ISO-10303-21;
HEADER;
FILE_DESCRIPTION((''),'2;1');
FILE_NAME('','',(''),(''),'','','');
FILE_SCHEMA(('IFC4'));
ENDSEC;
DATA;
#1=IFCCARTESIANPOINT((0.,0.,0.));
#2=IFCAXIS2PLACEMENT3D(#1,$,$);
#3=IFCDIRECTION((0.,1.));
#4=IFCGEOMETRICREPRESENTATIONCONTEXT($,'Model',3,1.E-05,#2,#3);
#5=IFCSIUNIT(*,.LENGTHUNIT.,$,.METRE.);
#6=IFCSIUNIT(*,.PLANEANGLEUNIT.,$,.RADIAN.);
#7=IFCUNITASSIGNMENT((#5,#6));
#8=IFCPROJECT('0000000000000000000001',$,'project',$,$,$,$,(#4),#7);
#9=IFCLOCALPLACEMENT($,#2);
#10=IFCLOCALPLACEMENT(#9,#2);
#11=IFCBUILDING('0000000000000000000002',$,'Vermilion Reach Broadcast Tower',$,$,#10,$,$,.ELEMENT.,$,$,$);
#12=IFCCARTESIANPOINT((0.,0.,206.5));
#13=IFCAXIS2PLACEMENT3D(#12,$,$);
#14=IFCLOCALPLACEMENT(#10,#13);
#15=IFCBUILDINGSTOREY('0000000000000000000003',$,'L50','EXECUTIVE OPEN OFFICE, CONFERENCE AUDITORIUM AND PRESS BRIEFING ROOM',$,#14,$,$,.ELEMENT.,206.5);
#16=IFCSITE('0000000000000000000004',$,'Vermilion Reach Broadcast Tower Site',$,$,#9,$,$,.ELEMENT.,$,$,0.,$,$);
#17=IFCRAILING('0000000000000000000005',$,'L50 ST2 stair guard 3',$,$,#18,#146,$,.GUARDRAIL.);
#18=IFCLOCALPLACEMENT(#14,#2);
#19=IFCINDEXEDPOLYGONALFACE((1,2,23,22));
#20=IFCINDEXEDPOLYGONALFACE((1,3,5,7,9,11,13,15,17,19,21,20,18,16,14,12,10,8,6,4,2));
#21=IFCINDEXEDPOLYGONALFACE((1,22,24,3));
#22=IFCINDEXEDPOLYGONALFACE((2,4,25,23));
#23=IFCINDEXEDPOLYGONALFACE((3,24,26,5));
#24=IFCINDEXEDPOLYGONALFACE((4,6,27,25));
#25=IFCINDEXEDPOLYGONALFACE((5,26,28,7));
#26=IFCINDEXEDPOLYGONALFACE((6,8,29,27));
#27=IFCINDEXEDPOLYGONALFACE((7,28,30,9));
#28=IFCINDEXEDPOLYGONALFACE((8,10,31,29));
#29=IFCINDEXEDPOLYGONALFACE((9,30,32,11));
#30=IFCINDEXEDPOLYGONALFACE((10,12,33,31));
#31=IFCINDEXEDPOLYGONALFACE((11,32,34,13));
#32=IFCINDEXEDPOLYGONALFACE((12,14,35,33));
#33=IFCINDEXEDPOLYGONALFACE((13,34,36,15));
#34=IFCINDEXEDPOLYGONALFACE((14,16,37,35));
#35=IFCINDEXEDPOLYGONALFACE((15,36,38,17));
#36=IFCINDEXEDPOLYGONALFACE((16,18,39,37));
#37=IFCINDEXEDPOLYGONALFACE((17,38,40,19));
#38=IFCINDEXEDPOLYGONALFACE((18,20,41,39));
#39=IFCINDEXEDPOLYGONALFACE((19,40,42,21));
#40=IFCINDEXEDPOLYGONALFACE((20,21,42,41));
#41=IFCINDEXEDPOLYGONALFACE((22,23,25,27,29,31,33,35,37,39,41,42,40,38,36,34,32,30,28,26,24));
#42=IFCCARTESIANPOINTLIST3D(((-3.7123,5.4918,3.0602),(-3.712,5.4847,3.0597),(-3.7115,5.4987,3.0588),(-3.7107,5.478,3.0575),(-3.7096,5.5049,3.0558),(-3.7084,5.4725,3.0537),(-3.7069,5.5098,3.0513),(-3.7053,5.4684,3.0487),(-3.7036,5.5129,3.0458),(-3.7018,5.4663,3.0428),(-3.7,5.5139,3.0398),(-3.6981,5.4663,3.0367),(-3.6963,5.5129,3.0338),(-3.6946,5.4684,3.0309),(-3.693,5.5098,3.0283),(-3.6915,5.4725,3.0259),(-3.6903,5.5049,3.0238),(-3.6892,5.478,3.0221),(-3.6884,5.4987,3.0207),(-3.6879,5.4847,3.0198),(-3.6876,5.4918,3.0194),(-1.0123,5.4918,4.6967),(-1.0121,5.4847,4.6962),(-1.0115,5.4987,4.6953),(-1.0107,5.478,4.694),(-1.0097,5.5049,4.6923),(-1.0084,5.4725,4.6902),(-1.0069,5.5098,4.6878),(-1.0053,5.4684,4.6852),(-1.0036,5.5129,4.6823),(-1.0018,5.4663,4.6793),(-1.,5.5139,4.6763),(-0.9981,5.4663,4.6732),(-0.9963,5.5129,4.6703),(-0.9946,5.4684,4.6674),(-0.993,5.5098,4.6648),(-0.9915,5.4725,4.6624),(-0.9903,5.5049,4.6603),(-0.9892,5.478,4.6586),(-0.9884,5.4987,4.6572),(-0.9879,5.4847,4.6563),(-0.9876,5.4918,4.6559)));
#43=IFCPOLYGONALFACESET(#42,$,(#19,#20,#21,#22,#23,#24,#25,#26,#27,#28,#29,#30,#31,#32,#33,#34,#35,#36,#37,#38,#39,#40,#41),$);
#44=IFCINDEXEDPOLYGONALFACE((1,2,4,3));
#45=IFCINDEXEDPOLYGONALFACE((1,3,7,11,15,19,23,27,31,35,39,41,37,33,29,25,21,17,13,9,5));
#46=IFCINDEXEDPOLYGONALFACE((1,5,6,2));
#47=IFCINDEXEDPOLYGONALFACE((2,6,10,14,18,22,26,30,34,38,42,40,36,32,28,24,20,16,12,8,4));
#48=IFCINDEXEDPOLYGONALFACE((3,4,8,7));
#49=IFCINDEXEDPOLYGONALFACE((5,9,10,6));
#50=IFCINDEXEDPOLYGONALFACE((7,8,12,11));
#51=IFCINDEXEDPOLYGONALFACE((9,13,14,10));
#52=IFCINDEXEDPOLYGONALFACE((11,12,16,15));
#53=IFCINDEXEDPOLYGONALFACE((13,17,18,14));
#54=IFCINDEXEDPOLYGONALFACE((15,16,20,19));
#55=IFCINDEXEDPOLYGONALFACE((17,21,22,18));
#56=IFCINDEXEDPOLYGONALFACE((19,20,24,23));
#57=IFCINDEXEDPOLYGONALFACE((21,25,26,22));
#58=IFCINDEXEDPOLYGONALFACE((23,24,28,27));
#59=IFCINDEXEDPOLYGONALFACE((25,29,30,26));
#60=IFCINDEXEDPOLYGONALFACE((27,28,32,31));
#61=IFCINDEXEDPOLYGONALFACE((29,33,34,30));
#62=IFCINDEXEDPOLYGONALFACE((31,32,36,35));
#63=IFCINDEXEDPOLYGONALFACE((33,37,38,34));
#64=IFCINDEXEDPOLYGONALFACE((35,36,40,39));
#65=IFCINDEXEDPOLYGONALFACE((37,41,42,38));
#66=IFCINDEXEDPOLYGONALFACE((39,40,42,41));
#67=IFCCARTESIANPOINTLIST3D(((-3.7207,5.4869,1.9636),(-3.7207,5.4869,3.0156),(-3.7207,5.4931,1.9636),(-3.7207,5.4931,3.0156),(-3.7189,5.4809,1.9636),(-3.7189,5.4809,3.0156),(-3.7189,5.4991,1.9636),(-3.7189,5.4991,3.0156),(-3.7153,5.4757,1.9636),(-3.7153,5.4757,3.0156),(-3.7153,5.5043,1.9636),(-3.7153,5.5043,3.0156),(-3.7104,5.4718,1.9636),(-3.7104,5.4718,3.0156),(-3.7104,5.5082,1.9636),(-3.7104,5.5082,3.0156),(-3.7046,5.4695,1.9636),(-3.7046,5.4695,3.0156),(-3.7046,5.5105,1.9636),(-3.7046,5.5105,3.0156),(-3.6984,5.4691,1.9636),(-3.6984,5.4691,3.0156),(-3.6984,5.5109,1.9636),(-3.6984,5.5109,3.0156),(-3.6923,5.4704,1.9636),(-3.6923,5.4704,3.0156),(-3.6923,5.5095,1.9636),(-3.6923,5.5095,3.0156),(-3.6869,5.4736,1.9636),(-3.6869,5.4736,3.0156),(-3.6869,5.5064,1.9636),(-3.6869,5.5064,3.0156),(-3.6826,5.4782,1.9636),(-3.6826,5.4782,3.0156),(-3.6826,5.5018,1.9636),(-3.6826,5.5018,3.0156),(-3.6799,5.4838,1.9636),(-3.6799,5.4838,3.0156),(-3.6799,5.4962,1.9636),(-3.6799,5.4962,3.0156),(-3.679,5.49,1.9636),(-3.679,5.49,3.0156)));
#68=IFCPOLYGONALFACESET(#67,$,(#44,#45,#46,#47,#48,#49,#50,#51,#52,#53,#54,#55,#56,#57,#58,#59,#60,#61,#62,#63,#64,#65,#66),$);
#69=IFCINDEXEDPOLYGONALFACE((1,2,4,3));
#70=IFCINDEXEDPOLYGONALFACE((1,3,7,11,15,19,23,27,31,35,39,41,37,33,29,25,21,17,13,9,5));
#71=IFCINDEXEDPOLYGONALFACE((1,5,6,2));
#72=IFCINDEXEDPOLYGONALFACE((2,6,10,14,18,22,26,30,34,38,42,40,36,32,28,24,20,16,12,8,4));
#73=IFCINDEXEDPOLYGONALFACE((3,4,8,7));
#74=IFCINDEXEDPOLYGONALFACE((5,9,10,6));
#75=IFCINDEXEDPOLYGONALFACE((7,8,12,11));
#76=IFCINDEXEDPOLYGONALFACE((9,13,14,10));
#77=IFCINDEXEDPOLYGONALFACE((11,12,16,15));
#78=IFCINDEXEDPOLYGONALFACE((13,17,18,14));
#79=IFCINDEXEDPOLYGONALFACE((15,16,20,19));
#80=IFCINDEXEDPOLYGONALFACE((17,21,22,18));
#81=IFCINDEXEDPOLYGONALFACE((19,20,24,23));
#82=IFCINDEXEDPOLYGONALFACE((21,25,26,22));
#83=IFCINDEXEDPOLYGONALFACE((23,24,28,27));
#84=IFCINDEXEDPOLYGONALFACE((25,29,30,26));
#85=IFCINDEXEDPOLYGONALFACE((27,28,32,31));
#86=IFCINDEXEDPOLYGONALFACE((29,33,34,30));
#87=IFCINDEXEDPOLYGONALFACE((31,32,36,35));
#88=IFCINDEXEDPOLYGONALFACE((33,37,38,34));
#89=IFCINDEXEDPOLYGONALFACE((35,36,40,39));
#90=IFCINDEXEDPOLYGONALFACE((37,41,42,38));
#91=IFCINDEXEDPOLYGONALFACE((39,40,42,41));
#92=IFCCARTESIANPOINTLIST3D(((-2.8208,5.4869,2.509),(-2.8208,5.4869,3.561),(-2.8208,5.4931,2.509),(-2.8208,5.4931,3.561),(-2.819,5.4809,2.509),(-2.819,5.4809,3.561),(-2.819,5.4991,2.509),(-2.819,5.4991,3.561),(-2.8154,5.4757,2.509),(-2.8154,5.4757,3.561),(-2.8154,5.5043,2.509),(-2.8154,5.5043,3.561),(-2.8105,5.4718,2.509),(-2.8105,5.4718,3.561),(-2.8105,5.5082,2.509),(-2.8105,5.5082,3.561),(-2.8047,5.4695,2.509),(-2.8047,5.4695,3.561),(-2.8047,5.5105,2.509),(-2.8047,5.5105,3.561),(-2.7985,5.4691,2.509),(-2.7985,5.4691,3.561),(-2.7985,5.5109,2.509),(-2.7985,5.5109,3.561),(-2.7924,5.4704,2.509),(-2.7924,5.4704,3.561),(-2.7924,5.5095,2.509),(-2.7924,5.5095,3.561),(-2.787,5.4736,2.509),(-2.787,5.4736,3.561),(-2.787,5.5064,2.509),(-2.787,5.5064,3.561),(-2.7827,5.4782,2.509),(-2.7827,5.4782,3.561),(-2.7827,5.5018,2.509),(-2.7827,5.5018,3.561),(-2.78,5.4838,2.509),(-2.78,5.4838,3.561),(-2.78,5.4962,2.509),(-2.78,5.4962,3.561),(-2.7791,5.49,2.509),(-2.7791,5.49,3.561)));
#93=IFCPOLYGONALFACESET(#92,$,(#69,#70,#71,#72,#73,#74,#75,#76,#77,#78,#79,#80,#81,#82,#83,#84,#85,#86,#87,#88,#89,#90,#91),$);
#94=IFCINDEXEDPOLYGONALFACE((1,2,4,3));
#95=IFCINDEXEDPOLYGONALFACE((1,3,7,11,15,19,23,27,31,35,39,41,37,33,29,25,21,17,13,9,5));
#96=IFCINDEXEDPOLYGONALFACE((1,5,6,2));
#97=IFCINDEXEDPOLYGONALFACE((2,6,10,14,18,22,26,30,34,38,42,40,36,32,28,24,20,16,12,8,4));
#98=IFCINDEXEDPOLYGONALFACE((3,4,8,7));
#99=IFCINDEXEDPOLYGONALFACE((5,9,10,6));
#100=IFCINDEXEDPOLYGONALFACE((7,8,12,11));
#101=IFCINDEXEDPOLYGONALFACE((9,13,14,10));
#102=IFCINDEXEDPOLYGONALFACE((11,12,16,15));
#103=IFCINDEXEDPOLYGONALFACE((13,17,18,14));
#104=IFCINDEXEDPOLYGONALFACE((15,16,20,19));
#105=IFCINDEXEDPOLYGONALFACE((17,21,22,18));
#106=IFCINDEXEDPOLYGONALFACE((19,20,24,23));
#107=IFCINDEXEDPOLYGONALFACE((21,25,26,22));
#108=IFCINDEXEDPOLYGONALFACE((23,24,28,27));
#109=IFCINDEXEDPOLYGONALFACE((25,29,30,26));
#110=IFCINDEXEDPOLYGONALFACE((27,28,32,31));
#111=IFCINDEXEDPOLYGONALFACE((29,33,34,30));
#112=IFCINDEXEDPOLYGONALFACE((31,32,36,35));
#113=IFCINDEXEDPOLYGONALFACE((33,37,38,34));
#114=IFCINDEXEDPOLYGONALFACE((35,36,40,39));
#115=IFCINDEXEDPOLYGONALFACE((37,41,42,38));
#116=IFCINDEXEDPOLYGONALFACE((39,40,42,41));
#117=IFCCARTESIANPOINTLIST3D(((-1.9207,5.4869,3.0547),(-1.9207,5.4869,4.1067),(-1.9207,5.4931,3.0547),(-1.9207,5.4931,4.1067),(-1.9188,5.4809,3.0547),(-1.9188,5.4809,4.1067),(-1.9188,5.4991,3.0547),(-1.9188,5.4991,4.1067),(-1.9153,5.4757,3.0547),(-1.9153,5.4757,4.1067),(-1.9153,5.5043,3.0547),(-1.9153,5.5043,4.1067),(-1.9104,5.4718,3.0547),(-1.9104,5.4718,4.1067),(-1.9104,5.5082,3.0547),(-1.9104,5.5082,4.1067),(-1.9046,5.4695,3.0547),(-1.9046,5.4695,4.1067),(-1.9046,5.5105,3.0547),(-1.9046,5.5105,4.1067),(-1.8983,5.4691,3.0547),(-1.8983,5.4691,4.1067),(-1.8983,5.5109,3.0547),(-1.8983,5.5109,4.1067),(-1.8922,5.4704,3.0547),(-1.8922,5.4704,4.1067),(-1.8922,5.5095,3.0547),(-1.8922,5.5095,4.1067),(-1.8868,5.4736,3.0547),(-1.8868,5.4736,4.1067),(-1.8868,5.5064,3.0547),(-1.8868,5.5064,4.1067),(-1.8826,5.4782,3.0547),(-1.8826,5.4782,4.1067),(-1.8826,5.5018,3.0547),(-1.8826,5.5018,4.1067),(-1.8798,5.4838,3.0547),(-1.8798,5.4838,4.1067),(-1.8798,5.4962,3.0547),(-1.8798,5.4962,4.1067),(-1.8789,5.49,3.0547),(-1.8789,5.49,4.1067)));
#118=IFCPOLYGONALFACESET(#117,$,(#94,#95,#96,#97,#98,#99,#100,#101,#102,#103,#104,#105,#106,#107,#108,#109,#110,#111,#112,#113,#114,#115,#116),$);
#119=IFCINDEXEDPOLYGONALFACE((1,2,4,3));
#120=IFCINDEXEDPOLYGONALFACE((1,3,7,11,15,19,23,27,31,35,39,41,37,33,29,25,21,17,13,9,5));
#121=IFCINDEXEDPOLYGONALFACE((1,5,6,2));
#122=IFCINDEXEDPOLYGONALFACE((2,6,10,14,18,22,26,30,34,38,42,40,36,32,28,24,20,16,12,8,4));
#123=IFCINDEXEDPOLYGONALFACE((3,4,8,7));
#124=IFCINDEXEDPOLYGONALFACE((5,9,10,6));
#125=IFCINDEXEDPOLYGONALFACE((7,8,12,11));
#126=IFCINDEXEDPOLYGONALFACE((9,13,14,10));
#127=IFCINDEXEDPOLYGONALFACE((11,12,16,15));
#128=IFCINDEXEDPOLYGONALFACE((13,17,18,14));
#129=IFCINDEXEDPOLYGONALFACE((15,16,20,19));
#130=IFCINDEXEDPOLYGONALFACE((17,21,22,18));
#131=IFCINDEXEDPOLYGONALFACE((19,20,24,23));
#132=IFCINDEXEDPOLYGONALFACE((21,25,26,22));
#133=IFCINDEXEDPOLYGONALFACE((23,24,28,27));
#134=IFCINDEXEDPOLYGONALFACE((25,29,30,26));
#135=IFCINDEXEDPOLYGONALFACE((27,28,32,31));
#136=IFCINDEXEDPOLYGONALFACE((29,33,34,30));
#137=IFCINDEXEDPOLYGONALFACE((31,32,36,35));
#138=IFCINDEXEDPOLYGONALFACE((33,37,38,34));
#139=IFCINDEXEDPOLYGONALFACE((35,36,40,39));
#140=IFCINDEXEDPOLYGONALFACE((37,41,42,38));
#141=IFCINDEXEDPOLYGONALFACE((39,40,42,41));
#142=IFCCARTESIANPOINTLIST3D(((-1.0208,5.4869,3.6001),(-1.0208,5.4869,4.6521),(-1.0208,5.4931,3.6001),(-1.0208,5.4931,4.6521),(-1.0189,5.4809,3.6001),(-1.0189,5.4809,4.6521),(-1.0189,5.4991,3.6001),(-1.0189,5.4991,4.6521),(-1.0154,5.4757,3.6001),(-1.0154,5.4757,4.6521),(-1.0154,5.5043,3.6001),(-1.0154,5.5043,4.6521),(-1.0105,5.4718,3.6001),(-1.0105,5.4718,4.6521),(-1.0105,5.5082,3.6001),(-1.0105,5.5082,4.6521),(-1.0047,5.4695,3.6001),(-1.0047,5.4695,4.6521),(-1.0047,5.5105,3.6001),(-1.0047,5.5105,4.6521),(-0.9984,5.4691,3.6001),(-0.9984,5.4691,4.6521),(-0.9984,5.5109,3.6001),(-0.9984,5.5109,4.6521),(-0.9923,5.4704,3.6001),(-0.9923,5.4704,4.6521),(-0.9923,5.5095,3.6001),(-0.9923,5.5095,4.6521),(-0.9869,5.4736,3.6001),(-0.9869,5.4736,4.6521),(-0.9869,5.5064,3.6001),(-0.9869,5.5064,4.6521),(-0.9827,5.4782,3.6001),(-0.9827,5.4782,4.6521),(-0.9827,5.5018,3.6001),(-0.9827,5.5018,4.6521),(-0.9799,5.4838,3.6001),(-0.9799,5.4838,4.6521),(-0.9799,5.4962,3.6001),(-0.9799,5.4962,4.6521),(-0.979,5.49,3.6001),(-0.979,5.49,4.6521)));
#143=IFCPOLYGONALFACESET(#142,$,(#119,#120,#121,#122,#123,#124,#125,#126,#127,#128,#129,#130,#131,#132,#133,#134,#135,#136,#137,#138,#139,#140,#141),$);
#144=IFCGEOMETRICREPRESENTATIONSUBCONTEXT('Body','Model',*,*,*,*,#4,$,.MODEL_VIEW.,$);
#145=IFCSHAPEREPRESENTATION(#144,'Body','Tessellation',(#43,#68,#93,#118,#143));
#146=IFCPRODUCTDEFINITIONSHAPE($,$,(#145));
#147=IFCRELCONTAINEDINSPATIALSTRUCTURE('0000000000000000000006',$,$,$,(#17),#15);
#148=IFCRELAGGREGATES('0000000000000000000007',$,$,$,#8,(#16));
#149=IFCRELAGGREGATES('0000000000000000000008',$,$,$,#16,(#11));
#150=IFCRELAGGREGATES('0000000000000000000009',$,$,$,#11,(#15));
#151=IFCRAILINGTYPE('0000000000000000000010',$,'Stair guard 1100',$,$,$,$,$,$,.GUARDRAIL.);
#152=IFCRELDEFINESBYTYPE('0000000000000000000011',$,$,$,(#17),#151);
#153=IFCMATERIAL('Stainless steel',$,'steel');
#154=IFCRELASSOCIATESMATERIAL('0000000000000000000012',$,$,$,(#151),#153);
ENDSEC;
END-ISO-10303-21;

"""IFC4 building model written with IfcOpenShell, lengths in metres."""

from ifc_helpers import new_model, si_unit, direction, frame, origin, origin_2d, place, context, subcontext, project, spatial, circle, extrude, material, type_object, element, save


model = new_model("IFC4")

# Units and contexts
model_context = context("Model", 3, precision=1e-05, world=origin(), true_north=direction((0.0, 1.0)))
body_context = subcontext(model_context, "Body", "Model", "MODEL_VIEW")
ifc_project = project(units=[si_unit("LENGTHUNIT", "METRE"), si_unit("PLANEANGLEUNIT", "RADIAN")], contexts=[model_context])

# Site, building, storey
site_placement = place(None, origin())
site = spatial("IfcSite", under=ifc_project, at=site_placement, Name="Vermilion Reach Broadcast Tower Site", CompositionType="ELEMENT", RefElevation=0.0)
building_placement = place(site_placement, origin())
building = spatial("IfcBuilding", under=site, at=building_placement, Name="Vermilion Reach Broadcast Tower", CompositionType="ELEMENT")
storey_placement = place(building_placement, frame((0.0, 0.0, 206.5)))
storey = spatial("IfcBuildingStorey", under=building, at=storey_placement, Name="L50", Description="EXECUTIVE OPEN OFFICE, CONFERENCE AUDITORIUM AND PRESS BRIEFING ROOM", CompositionType="ELEMENT", Elevation=206.5)

# Railing
ifc_material_1 = material(Name="Stainless steel", Category="steel")
railing_type_1 = type_object("IfcRailingType", Name="Stair guard 1100", PredefinedType="GUARDRAIL", material=ifc_material_1)
railing_1_placement = place(storey_placement, frame((-3.7, 5.49, 1.9636)))
element("IfcRailing", 1, at=railing_1_placement, inside=storey, type_object=railing_type_1, Name="L50 ST2 stair guard 3", PredefinedType="GUARDRAIL", context=body_context, shape_type="SweptSolid", body=[
    extrude(circle(Radius=0.0239, at=origin_2d()), frame((0.0, 0.0, 1.0762), z_axis=(0.855178, 0.0, 0.518334), x_axis=(0.0, 1.0, 0.0)), (0.0, 0.0, 1.0), 3.1572),
    extrude(circle(Radius=0.021, at=origin_2d()), origin(), (0.0, 0.0, 1.0), 1.052),
    extrude(circle(Radius=0.021, at=origin_2d()), frame((0.8999, 0.0, 0.5454)), (0.0, 0.0, 1.0), 1.052),
    extrude(circle(Radius=0.021, at=origin_2d()), frame((1.8, 0.0, 1.0911)), (0.0, 0.0, 1.0), 1.052),
    extrude(circle(Radius=0.021, at=origin_2d()), frame((2.7, 0.0, 1.6365)), (0.0, 0.0, 1.0), 1.052),
])

save(model, "model.ifc")
